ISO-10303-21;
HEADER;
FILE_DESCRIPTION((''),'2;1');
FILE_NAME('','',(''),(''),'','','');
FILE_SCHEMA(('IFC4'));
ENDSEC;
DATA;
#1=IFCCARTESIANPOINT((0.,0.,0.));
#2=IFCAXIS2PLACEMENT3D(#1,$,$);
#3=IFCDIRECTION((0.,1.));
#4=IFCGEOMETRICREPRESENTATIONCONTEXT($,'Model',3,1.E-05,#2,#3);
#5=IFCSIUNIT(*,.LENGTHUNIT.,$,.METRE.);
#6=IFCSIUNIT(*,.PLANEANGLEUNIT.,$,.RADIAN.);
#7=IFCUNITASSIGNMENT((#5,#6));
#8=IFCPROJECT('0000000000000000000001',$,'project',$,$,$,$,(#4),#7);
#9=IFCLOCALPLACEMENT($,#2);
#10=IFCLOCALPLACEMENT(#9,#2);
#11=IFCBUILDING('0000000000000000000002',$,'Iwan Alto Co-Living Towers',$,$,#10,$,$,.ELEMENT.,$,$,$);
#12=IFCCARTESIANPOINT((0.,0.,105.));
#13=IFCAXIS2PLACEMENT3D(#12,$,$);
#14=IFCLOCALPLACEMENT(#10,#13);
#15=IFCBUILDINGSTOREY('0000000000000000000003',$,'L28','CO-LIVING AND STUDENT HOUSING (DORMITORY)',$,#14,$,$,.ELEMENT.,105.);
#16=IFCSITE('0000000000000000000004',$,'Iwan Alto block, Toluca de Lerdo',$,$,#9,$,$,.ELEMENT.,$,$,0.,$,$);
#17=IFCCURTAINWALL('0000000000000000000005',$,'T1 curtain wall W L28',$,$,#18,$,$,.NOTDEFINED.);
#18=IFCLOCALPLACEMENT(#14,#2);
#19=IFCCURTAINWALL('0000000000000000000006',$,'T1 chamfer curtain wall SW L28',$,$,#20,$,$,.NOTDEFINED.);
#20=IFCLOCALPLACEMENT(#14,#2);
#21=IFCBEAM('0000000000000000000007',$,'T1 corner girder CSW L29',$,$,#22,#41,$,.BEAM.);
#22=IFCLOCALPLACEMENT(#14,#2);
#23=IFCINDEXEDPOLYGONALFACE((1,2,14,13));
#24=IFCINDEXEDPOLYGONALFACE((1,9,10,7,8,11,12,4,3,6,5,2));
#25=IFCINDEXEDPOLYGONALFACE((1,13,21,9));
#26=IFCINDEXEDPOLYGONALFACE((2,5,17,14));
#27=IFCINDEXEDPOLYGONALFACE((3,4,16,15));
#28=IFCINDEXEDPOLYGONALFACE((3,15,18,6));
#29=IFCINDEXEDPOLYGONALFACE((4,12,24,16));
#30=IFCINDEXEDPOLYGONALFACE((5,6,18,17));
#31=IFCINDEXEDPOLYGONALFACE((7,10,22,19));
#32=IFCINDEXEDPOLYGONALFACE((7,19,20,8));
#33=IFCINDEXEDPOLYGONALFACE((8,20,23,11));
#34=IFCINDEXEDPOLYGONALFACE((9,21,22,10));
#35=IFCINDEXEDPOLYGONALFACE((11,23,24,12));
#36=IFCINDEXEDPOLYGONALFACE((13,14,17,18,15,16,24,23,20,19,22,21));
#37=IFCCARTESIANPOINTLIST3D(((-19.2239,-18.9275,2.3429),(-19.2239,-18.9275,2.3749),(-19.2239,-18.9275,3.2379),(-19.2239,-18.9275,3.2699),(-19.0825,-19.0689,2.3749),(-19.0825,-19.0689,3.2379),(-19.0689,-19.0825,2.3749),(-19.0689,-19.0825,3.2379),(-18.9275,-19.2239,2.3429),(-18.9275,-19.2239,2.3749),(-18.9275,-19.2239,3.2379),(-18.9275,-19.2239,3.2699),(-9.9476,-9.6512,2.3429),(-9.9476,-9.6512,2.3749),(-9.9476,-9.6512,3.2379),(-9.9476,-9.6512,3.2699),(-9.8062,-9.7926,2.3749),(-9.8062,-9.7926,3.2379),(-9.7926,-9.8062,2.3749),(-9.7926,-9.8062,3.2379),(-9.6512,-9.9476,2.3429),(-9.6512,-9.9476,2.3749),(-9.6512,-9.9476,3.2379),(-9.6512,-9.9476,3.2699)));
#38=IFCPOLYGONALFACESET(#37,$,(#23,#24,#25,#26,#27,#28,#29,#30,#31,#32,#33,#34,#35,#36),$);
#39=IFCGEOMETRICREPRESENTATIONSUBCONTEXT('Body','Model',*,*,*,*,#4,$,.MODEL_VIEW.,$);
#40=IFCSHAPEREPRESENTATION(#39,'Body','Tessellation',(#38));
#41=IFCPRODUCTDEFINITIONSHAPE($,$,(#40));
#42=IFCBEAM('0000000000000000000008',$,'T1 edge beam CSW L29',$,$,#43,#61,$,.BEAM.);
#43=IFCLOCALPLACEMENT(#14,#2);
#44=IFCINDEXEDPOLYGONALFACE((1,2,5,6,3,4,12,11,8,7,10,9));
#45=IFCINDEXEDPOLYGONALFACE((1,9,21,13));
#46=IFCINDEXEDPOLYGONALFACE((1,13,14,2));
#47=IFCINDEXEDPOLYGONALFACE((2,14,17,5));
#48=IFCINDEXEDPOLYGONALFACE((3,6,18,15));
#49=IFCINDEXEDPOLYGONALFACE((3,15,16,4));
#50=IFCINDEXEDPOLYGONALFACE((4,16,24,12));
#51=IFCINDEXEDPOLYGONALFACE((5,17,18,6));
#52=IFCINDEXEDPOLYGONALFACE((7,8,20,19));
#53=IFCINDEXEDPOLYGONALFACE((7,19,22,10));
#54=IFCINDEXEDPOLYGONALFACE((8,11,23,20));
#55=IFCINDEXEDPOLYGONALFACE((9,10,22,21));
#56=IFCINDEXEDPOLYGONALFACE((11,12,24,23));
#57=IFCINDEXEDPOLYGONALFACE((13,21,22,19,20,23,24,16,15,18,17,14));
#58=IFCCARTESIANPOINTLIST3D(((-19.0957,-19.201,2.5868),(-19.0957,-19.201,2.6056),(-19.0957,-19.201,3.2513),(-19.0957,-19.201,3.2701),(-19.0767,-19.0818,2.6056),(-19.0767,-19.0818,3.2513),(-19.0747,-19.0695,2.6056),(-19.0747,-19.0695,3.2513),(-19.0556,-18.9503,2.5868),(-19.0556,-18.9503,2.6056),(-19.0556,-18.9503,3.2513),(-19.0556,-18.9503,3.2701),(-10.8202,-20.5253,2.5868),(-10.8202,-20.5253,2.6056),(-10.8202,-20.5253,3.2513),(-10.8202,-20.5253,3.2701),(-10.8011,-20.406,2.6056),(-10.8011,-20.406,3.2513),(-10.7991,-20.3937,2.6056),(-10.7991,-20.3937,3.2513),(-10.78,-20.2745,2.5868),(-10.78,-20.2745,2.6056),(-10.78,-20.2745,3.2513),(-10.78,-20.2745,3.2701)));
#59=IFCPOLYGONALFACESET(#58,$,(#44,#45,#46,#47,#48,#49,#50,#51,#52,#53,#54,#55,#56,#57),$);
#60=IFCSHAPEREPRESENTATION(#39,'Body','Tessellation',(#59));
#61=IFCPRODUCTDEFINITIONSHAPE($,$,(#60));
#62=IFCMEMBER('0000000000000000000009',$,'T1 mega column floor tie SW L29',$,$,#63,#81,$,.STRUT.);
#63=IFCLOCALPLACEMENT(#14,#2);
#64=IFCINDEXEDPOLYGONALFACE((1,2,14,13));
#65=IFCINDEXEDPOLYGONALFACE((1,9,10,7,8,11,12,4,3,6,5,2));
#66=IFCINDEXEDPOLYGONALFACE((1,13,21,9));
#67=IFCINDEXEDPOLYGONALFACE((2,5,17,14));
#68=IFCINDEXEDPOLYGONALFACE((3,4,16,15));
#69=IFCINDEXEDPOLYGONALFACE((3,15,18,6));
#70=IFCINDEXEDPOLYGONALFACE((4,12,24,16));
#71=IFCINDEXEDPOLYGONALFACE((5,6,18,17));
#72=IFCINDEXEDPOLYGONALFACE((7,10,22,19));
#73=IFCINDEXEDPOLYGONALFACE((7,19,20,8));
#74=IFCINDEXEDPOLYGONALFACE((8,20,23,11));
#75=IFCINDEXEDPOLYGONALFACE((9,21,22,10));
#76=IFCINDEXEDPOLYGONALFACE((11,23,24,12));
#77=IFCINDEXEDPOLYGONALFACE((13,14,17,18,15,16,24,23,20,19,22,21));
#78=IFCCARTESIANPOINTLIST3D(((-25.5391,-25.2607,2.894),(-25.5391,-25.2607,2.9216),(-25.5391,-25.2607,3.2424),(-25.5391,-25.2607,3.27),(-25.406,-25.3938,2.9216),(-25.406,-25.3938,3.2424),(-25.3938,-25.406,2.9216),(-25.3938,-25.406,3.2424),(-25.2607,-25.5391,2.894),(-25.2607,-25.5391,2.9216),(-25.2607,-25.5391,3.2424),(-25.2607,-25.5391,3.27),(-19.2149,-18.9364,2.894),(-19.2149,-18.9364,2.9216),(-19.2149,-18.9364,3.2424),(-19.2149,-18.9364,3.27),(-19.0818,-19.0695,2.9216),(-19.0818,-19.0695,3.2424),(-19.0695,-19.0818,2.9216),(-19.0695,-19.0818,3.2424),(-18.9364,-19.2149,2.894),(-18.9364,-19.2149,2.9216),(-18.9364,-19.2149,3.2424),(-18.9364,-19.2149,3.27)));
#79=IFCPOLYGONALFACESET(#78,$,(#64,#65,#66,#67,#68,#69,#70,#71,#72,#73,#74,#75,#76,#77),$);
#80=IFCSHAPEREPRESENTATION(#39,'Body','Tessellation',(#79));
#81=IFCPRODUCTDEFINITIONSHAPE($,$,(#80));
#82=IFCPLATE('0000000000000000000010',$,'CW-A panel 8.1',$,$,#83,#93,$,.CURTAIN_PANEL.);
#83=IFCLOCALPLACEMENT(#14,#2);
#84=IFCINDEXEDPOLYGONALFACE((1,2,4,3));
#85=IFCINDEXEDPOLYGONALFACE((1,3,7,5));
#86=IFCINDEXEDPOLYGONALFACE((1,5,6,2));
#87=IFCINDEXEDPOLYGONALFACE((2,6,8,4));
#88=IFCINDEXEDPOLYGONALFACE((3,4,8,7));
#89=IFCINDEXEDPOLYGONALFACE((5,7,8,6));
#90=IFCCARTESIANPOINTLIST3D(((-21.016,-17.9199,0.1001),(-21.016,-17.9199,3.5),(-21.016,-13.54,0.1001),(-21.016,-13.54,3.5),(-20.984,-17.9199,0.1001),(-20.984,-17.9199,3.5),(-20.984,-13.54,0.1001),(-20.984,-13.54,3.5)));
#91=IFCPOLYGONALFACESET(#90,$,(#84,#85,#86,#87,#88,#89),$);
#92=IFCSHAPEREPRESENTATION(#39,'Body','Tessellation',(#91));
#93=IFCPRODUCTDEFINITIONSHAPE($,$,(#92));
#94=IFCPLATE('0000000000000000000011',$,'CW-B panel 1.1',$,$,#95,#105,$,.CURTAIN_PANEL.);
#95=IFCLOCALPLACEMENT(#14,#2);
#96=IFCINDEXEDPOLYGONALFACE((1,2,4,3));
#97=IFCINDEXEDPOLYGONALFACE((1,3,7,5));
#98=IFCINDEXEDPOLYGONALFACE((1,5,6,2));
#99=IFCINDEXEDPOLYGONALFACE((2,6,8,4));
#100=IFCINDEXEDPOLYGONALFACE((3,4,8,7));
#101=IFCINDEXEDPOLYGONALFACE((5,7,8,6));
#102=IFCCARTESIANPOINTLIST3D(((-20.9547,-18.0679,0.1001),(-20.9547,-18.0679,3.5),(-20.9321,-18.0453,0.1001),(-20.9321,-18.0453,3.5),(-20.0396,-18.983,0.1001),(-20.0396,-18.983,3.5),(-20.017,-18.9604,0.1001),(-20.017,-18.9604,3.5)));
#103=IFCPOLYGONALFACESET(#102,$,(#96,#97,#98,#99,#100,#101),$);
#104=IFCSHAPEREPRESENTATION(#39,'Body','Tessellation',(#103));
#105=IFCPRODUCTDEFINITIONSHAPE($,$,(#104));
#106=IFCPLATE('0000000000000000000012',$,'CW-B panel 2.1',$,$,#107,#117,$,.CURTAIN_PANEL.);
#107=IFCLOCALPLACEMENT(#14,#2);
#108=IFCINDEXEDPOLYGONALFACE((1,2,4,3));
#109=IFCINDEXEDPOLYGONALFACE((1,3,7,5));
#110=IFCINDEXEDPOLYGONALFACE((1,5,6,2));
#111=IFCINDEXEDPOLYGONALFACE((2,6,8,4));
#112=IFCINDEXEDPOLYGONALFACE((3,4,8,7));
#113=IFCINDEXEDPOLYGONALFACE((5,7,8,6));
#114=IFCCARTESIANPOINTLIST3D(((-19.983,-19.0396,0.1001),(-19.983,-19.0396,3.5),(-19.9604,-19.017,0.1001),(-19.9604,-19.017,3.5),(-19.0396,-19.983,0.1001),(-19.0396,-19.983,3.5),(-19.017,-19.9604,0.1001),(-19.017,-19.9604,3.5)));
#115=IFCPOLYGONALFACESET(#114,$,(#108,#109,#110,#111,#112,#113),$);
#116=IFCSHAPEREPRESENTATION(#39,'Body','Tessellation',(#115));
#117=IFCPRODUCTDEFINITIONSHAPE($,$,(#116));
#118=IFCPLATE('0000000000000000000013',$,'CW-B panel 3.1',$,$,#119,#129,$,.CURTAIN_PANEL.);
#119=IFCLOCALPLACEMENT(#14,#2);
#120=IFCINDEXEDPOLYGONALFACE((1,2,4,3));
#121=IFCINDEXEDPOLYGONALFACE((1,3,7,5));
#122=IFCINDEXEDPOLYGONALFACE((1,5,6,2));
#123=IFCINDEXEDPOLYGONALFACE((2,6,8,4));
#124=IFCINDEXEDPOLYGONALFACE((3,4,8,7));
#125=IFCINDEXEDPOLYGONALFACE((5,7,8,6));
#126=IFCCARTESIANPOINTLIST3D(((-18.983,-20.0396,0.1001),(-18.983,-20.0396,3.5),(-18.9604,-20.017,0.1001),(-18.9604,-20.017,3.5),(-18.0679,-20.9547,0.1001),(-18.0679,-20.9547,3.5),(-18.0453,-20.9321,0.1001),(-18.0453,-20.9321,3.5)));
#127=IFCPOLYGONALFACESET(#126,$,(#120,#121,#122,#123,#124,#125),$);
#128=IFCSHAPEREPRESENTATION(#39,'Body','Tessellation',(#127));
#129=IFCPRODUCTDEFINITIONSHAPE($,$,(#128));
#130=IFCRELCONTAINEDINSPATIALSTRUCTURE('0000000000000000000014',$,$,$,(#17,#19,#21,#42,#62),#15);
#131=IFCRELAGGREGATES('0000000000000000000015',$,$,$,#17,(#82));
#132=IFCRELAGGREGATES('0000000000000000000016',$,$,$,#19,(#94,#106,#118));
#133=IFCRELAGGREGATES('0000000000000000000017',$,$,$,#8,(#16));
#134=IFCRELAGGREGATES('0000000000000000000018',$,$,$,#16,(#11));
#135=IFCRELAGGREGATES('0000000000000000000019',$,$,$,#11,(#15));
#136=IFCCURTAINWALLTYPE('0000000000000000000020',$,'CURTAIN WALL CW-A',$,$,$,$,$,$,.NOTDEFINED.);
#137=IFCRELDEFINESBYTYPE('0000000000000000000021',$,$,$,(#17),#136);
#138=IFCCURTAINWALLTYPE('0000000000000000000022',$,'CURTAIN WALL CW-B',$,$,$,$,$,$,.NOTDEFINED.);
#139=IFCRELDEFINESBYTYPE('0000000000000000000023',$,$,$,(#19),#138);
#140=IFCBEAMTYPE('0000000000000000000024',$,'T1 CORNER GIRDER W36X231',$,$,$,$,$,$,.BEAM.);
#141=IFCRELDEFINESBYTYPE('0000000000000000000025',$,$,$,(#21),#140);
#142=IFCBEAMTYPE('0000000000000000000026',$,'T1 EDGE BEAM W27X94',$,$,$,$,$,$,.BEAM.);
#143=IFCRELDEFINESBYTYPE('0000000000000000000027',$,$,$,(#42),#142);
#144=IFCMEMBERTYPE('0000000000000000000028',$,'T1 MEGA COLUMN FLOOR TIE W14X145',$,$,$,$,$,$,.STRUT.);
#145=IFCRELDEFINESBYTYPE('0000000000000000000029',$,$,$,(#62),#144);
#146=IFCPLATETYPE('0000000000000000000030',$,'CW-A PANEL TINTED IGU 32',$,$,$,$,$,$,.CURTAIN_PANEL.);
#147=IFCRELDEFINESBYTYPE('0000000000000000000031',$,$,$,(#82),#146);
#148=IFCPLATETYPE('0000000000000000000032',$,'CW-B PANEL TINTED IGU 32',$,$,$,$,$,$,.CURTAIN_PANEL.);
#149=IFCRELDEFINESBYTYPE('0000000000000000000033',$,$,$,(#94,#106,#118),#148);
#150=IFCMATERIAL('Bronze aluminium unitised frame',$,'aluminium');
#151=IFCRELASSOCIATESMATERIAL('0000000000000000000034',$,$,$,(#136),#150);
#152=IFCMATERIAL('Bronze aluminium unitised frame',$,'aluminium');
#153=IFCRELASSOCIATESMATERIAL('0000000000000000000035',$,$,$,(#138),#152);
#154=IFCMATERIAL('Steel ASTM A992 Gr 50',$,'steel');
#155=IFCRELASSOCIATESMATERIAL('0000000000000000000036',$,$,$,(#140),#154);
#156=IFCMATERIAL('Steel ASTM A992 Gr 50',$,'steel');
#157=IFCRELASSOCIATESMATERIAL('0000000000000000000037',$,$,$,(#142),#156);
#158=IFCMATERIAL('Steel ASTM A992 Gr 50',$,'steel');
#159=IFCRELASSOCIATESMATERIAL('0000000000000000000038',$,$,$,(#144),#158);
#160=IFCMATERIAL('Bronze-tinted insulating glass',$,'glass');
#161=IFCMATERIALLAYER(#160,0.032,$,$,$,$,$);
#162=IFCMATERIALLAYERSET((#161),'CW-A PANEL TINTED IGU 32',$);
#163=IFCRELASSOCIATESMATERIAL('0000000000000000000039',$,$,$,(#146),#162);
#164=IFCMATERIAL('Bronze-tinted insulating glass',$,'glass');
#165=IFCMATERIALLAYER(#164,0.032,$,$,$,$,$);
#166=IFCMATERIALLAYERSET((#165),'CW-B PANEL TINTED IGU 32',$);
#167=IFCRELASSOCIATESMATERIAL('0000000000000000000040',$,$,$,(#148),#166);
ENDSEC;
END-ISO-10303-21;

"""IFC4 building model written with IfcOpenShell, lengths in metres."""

from ifc_helpers import new_model, si_unit, direction, frame, origin, origin_2d, place, context, subcontext, project, spatial, rectangle, i_section, extrude, material, layer, layer_set, material_profile, profile_set, type_object, element, aggregate, save


model = new_model("IFC4")

# Units and contexts
model_context = context("Model", 3, precision=1e-05, world=origin(), true_north=direction((0.0, 1.0)))
body_context = subcontext(model_context, "Body", "Model", "MODEL_VIEW")
ifc_project = project(units=[si_unit("LENGTHUNIT", "METRE"), si_unit("PLANEANGLEUNIT", "RADIAN")], contexts=[model_context])

# Site, building, storey
site_placement = place(None, origin())
site = spatial("IfcSite", under=ifc_project, at=site_placement, Name="Iwan Alto block, Toluca de Lerdo", CompositionType="ELEMENT", RefElevation=0.0)
building_placement = place(site_placement, origin())
building = spatial("IfcBuilding", under=site, at=building_placement, Name="Iwan Alto Co-Living Towers", CompositionType="ELEMENT")
storey_placement = place(building_placement, frame((0.0, 0.0, 105.0)))
storey = spatial("IfcBuildingStorey", under=building, at=storey_placement, Name="L28", Description="CO-LIVING AND STUDENT HOUSING (DORMITORY)", CompositionType="ELEMENT", Elevation=105.0)

# Curtain wall
ifc_material_1 = material(Name="Bronze aluminium unitised frame", Category="aluminium")
curtain_wall_type_1 = type_object("IfcCurtainWallType", Name="CURTAIN WALL CW-A", PredefinedType="NOTDEFINED", material=ifc_material_1)
curtain_wall_1_placement = place(storey_placement, origin())
curtain_wall_1 = element("IfcCurtainWall", 1, at=curtain_wall_1_placement, inside=storey, type_object=curtain_wall_type_1, Name="T1 curtain wall W L28", PredefinedType="NOTDEFINED")

# Curtain wall
ifc_material_2 = material(Name="Bronze aluminium unitised frame", Category="aluminium")
curtain_wall_type_2 = type_object("IfcCurtainWallType", Name="CURTAIN WALL CW-B", PredefinedType="NOTDEFINED", material=ifc_material_2)
curtain_wall_2_placement = place(storey_placement, origin())
curtain_wall_2 = element("IfcCurtainWall", 2, at=curtain_wall_2_placement, inside=storey, type_object=curtain_wall_type_2, Name="T1 chamfer curtain wall SW L28", PredefinedType="NOTDEFINED")

# Beams
ifc_material_3 = material(Name="Steel ASTM A992 Gr 50", Category="steel")
ifc_material_profile_1 = material_profile(ifc_material_3, i_section(OverallWidth=0.4192, OverallDepth=0.927, WebThickness=0.0193, FlangeThickness=0.032, at=origin_2d()), Name="W36X231")
ifc_profile_set_1 = profile_set([ifc_material_profile_1], Name="Steel ASTM A992 Gr 50")
beam_type_1 = type_object("IfcBeamType", Name="T1 CORNER GIRDER W36X231", PredefinedType="BEAM", material=ifc_profile_set_1)
beam_1_placement = place(storey_placement, frame((-19.0757, -19.0757, 2.8064), z_axis=(0.707107, 0.707107, 0.0), x_axis=(-0.707107, 0.707107, 0.0)))
element("IfcBeam", 3, at=beam_1_placement, inside=storey, type_object=beam_type_1, Name="T1 corner girder CSW L29", PredefinedType="BEAM", context=body_context, shape_type="SweptSolid", body=[
    extrude(i_section(OverallWidth=0.4192, OverallDepth=0.927, WebThickness=0.0193, FlangeThickness=0.032, at=origin_2d()), origin(), (0.0, 0.0, 1.0), 13.1187),
])
ifc_material_4 = material(Name="Steel ASTM A992 Gr 50", Category="steel")
ifc_material_profile_2 = material_profile(ifc_material_4, i_section(OverallWidth=0.2539, OverallDepth=0.6833, WebThickness=0.0125, FlangeThickness=0.0188, at=origin_2d()), Name="W27X94")
ifc_profile_set_2 = profile_set([ifc_material_profile_2], Name="Steel ASTM A992 Gr 50")
beam_type_2 = type_object("IfcBeamType", Name="T1 EDGE BEAM W27X94", PredefinedType="BEAM", material=ifc_profile_set_2)
beam_2_placement = place(storey_placement, frame((-19.0757, -19.0757, 2.9285), z_axis=(0.987438, -0.158004, 0.0), x_axis=(0.158004, 0.987438, 0.0)))
element("IfcBeam", 4, at=beam_2_placement, inside=storey, type_object=beam_type_2, Name="T1 edge beam CSW L29", PredefinedType="BEAM", context=body_context, shape_type="SweptSolid", body=[
    extrude(i_section(OverallWidth=0.2539, OverallDepth=0.6833, WebThickness=0.0125, FlangeThickness=0.0188, at=origin_2d()), origin(), (0.0, 0.0, 1.0), 8.3809),
])

# Member
ifc_material_5 = material(Name="Steel ASTM A992 Gr 50", Category="steel")
ifc_material_profile_3 = material_profile(ifc_material_5, i_section(OverallWidth=0.3938, OverallDepth=0.376, WebThickness=0.0173, FlangeThickness=0.0276, at=origin_2d()), Name="W14X145")
ifc_profile_set_3 = profile_set([ifc_material_profile_3], Name="Steel ASTM A992 Gr 50")
member_type_1 = type_object("IfcMemberType", Name="T1 MEGA COLUMN FLOOR TIE W14X145", PredefinedType="STRUT", material=ifc_profile_set_3)
member_1_placement = place(storey_placement, frame((-25.3999, -25.3999, 3.082), z_axis=(0.707107, 0.707107, 0.0), x_axis=(-0.707107, 0.707107, 0.0)))
element("IfcMember", 5, at=member_1_placement, inside=storey, type_object=member_type_1, Name="T1 mega column floor tie SW L29", PredefinedType="STRUT", context=body_context, shape_type="SweptSolid", body=[
    extrude(i_section(OverallWidth=0.3938, OverallDepth=0.376, WebThickness=0.0173, FlangeThickness=0.0276, at=origin_2d()), origin(), (0.0, 0.0, 1.0), 8.9438),
])

# Plates
ifc_material_6 = material(Name="Bronze-tinted insulating glass", Category="glass")
ifc_layer_1 = layer(ifc_material_6, 0.032)
ifc_layer_set_1 = layer_set([ifc_layer_1], Name="CW-A PANEL TINTED IGU 32")
plate_type_1 = type_object("IfcPlateType", Name="CW-A PANEL TINTED IGU 32", PredefinedType="CURTAIN_PANEL", material=ifc_layer_set_1)
plate_1_placement = place(storey_placement, frame((-21.0, -15.73, 0.1001), z_axis=(0.0, 0.0, 1.0), x_axis=(0.0, -1.0, 0.0)))
plate_1 = element("IfcPlate", 6, at=plate_1_placement, type_object=plate_type_1, Name="CW-A panel 8.1", PredefinedType="CURTAIN_PANEL", context=body_context, shape_type="SweptSolid", body=[
    extrude(rectangle(XDim=4.3799, YDim=0.032, at=origin_2d()), origin(), (0.0, 0.0, 1.0), 3.3999),
])
aggregate(curtain_wall_1, [plate_1])
ifc_material_7 = material(Name="Bronze-tinted insulating glass", Category="glass")
ifc_layer_2 = layer(ifc_material_7, 0.032)
ifc_layer_set_2 = layer_set([ifc_layer_2], Name="CW-B PANEL TINTED IGU 32")
plate_type_2 = type_object("IfcPlateType", Name="CW-B PANEL TINTED IGU 32", PredefinedType="CURTAIN_PANEL", material=ifc_layer_set_2)
plate_2_placement = place(storey_placement, frame((-20.4858, -18.5142, 0.1001), z_axis=(0.0, 0.0, 1.0), x_axis=(0.707107, -0.707107, 0.0)))
plate_2 = element("IfcPlate", 7, at=plate_2_placement, type_object=plate_type_2, Name="CW-B panel 1.1", PredefinedType="CURTAIN_PANEL", context=body_context, shape_type="SweptSolid", body=[
    extrude(rectangle(XDim=1.2942, YDim=0.032, at=origin_2d()), origin(), (0.0, 0.0, 1.0), 3.3999),
])
plate_3_placement = place(storey_placement, frame((-19.5, -19.5, 0.1001), z_axis=(0.0, 0.0, 1.0), x_axis=(0.707107, -0.707107, 0.0)))
plate_3 = element("IfcPlate", 8, at=plate_3_placement, type_object=plate_type_2, Name="CW-B panel 2.1", PredefinedType="CURTAIN_PANEL", context=body_context, shape_type="SweptSolid", body=[
    extrude(rectangle(XDim=1.3342, YDim=0.032, at=origin_2d()), origin(), (0.0, 0.0, 1.0), 3.3999),
])
plate_4_placement = place(storey_placement, frame((-18.5142, -20.4858, 0.1001), z_axis=(0.0, 0.0, 1.0), x_axis=(0.707107, -0.707107, 0.0)))
plate_4 = element("IfcPlate", 9, at=plate_4_placement, type_object=plate_type_2, Name="CW-B panel 3.1", PredefinedType="CURTAIN_PANEL", context=body_context, shape_type="SweptSolid", body=[
    extrude(rectangle(XDim=1.2942, YDim=0.032, at=origin_2d()), origin(), (0.0, 0.0, 1.0), 3.3999),
])
aggregate(curtain_wall_2, [plate_2, plate_3, plate_4])

save(model, "model.ifc")
